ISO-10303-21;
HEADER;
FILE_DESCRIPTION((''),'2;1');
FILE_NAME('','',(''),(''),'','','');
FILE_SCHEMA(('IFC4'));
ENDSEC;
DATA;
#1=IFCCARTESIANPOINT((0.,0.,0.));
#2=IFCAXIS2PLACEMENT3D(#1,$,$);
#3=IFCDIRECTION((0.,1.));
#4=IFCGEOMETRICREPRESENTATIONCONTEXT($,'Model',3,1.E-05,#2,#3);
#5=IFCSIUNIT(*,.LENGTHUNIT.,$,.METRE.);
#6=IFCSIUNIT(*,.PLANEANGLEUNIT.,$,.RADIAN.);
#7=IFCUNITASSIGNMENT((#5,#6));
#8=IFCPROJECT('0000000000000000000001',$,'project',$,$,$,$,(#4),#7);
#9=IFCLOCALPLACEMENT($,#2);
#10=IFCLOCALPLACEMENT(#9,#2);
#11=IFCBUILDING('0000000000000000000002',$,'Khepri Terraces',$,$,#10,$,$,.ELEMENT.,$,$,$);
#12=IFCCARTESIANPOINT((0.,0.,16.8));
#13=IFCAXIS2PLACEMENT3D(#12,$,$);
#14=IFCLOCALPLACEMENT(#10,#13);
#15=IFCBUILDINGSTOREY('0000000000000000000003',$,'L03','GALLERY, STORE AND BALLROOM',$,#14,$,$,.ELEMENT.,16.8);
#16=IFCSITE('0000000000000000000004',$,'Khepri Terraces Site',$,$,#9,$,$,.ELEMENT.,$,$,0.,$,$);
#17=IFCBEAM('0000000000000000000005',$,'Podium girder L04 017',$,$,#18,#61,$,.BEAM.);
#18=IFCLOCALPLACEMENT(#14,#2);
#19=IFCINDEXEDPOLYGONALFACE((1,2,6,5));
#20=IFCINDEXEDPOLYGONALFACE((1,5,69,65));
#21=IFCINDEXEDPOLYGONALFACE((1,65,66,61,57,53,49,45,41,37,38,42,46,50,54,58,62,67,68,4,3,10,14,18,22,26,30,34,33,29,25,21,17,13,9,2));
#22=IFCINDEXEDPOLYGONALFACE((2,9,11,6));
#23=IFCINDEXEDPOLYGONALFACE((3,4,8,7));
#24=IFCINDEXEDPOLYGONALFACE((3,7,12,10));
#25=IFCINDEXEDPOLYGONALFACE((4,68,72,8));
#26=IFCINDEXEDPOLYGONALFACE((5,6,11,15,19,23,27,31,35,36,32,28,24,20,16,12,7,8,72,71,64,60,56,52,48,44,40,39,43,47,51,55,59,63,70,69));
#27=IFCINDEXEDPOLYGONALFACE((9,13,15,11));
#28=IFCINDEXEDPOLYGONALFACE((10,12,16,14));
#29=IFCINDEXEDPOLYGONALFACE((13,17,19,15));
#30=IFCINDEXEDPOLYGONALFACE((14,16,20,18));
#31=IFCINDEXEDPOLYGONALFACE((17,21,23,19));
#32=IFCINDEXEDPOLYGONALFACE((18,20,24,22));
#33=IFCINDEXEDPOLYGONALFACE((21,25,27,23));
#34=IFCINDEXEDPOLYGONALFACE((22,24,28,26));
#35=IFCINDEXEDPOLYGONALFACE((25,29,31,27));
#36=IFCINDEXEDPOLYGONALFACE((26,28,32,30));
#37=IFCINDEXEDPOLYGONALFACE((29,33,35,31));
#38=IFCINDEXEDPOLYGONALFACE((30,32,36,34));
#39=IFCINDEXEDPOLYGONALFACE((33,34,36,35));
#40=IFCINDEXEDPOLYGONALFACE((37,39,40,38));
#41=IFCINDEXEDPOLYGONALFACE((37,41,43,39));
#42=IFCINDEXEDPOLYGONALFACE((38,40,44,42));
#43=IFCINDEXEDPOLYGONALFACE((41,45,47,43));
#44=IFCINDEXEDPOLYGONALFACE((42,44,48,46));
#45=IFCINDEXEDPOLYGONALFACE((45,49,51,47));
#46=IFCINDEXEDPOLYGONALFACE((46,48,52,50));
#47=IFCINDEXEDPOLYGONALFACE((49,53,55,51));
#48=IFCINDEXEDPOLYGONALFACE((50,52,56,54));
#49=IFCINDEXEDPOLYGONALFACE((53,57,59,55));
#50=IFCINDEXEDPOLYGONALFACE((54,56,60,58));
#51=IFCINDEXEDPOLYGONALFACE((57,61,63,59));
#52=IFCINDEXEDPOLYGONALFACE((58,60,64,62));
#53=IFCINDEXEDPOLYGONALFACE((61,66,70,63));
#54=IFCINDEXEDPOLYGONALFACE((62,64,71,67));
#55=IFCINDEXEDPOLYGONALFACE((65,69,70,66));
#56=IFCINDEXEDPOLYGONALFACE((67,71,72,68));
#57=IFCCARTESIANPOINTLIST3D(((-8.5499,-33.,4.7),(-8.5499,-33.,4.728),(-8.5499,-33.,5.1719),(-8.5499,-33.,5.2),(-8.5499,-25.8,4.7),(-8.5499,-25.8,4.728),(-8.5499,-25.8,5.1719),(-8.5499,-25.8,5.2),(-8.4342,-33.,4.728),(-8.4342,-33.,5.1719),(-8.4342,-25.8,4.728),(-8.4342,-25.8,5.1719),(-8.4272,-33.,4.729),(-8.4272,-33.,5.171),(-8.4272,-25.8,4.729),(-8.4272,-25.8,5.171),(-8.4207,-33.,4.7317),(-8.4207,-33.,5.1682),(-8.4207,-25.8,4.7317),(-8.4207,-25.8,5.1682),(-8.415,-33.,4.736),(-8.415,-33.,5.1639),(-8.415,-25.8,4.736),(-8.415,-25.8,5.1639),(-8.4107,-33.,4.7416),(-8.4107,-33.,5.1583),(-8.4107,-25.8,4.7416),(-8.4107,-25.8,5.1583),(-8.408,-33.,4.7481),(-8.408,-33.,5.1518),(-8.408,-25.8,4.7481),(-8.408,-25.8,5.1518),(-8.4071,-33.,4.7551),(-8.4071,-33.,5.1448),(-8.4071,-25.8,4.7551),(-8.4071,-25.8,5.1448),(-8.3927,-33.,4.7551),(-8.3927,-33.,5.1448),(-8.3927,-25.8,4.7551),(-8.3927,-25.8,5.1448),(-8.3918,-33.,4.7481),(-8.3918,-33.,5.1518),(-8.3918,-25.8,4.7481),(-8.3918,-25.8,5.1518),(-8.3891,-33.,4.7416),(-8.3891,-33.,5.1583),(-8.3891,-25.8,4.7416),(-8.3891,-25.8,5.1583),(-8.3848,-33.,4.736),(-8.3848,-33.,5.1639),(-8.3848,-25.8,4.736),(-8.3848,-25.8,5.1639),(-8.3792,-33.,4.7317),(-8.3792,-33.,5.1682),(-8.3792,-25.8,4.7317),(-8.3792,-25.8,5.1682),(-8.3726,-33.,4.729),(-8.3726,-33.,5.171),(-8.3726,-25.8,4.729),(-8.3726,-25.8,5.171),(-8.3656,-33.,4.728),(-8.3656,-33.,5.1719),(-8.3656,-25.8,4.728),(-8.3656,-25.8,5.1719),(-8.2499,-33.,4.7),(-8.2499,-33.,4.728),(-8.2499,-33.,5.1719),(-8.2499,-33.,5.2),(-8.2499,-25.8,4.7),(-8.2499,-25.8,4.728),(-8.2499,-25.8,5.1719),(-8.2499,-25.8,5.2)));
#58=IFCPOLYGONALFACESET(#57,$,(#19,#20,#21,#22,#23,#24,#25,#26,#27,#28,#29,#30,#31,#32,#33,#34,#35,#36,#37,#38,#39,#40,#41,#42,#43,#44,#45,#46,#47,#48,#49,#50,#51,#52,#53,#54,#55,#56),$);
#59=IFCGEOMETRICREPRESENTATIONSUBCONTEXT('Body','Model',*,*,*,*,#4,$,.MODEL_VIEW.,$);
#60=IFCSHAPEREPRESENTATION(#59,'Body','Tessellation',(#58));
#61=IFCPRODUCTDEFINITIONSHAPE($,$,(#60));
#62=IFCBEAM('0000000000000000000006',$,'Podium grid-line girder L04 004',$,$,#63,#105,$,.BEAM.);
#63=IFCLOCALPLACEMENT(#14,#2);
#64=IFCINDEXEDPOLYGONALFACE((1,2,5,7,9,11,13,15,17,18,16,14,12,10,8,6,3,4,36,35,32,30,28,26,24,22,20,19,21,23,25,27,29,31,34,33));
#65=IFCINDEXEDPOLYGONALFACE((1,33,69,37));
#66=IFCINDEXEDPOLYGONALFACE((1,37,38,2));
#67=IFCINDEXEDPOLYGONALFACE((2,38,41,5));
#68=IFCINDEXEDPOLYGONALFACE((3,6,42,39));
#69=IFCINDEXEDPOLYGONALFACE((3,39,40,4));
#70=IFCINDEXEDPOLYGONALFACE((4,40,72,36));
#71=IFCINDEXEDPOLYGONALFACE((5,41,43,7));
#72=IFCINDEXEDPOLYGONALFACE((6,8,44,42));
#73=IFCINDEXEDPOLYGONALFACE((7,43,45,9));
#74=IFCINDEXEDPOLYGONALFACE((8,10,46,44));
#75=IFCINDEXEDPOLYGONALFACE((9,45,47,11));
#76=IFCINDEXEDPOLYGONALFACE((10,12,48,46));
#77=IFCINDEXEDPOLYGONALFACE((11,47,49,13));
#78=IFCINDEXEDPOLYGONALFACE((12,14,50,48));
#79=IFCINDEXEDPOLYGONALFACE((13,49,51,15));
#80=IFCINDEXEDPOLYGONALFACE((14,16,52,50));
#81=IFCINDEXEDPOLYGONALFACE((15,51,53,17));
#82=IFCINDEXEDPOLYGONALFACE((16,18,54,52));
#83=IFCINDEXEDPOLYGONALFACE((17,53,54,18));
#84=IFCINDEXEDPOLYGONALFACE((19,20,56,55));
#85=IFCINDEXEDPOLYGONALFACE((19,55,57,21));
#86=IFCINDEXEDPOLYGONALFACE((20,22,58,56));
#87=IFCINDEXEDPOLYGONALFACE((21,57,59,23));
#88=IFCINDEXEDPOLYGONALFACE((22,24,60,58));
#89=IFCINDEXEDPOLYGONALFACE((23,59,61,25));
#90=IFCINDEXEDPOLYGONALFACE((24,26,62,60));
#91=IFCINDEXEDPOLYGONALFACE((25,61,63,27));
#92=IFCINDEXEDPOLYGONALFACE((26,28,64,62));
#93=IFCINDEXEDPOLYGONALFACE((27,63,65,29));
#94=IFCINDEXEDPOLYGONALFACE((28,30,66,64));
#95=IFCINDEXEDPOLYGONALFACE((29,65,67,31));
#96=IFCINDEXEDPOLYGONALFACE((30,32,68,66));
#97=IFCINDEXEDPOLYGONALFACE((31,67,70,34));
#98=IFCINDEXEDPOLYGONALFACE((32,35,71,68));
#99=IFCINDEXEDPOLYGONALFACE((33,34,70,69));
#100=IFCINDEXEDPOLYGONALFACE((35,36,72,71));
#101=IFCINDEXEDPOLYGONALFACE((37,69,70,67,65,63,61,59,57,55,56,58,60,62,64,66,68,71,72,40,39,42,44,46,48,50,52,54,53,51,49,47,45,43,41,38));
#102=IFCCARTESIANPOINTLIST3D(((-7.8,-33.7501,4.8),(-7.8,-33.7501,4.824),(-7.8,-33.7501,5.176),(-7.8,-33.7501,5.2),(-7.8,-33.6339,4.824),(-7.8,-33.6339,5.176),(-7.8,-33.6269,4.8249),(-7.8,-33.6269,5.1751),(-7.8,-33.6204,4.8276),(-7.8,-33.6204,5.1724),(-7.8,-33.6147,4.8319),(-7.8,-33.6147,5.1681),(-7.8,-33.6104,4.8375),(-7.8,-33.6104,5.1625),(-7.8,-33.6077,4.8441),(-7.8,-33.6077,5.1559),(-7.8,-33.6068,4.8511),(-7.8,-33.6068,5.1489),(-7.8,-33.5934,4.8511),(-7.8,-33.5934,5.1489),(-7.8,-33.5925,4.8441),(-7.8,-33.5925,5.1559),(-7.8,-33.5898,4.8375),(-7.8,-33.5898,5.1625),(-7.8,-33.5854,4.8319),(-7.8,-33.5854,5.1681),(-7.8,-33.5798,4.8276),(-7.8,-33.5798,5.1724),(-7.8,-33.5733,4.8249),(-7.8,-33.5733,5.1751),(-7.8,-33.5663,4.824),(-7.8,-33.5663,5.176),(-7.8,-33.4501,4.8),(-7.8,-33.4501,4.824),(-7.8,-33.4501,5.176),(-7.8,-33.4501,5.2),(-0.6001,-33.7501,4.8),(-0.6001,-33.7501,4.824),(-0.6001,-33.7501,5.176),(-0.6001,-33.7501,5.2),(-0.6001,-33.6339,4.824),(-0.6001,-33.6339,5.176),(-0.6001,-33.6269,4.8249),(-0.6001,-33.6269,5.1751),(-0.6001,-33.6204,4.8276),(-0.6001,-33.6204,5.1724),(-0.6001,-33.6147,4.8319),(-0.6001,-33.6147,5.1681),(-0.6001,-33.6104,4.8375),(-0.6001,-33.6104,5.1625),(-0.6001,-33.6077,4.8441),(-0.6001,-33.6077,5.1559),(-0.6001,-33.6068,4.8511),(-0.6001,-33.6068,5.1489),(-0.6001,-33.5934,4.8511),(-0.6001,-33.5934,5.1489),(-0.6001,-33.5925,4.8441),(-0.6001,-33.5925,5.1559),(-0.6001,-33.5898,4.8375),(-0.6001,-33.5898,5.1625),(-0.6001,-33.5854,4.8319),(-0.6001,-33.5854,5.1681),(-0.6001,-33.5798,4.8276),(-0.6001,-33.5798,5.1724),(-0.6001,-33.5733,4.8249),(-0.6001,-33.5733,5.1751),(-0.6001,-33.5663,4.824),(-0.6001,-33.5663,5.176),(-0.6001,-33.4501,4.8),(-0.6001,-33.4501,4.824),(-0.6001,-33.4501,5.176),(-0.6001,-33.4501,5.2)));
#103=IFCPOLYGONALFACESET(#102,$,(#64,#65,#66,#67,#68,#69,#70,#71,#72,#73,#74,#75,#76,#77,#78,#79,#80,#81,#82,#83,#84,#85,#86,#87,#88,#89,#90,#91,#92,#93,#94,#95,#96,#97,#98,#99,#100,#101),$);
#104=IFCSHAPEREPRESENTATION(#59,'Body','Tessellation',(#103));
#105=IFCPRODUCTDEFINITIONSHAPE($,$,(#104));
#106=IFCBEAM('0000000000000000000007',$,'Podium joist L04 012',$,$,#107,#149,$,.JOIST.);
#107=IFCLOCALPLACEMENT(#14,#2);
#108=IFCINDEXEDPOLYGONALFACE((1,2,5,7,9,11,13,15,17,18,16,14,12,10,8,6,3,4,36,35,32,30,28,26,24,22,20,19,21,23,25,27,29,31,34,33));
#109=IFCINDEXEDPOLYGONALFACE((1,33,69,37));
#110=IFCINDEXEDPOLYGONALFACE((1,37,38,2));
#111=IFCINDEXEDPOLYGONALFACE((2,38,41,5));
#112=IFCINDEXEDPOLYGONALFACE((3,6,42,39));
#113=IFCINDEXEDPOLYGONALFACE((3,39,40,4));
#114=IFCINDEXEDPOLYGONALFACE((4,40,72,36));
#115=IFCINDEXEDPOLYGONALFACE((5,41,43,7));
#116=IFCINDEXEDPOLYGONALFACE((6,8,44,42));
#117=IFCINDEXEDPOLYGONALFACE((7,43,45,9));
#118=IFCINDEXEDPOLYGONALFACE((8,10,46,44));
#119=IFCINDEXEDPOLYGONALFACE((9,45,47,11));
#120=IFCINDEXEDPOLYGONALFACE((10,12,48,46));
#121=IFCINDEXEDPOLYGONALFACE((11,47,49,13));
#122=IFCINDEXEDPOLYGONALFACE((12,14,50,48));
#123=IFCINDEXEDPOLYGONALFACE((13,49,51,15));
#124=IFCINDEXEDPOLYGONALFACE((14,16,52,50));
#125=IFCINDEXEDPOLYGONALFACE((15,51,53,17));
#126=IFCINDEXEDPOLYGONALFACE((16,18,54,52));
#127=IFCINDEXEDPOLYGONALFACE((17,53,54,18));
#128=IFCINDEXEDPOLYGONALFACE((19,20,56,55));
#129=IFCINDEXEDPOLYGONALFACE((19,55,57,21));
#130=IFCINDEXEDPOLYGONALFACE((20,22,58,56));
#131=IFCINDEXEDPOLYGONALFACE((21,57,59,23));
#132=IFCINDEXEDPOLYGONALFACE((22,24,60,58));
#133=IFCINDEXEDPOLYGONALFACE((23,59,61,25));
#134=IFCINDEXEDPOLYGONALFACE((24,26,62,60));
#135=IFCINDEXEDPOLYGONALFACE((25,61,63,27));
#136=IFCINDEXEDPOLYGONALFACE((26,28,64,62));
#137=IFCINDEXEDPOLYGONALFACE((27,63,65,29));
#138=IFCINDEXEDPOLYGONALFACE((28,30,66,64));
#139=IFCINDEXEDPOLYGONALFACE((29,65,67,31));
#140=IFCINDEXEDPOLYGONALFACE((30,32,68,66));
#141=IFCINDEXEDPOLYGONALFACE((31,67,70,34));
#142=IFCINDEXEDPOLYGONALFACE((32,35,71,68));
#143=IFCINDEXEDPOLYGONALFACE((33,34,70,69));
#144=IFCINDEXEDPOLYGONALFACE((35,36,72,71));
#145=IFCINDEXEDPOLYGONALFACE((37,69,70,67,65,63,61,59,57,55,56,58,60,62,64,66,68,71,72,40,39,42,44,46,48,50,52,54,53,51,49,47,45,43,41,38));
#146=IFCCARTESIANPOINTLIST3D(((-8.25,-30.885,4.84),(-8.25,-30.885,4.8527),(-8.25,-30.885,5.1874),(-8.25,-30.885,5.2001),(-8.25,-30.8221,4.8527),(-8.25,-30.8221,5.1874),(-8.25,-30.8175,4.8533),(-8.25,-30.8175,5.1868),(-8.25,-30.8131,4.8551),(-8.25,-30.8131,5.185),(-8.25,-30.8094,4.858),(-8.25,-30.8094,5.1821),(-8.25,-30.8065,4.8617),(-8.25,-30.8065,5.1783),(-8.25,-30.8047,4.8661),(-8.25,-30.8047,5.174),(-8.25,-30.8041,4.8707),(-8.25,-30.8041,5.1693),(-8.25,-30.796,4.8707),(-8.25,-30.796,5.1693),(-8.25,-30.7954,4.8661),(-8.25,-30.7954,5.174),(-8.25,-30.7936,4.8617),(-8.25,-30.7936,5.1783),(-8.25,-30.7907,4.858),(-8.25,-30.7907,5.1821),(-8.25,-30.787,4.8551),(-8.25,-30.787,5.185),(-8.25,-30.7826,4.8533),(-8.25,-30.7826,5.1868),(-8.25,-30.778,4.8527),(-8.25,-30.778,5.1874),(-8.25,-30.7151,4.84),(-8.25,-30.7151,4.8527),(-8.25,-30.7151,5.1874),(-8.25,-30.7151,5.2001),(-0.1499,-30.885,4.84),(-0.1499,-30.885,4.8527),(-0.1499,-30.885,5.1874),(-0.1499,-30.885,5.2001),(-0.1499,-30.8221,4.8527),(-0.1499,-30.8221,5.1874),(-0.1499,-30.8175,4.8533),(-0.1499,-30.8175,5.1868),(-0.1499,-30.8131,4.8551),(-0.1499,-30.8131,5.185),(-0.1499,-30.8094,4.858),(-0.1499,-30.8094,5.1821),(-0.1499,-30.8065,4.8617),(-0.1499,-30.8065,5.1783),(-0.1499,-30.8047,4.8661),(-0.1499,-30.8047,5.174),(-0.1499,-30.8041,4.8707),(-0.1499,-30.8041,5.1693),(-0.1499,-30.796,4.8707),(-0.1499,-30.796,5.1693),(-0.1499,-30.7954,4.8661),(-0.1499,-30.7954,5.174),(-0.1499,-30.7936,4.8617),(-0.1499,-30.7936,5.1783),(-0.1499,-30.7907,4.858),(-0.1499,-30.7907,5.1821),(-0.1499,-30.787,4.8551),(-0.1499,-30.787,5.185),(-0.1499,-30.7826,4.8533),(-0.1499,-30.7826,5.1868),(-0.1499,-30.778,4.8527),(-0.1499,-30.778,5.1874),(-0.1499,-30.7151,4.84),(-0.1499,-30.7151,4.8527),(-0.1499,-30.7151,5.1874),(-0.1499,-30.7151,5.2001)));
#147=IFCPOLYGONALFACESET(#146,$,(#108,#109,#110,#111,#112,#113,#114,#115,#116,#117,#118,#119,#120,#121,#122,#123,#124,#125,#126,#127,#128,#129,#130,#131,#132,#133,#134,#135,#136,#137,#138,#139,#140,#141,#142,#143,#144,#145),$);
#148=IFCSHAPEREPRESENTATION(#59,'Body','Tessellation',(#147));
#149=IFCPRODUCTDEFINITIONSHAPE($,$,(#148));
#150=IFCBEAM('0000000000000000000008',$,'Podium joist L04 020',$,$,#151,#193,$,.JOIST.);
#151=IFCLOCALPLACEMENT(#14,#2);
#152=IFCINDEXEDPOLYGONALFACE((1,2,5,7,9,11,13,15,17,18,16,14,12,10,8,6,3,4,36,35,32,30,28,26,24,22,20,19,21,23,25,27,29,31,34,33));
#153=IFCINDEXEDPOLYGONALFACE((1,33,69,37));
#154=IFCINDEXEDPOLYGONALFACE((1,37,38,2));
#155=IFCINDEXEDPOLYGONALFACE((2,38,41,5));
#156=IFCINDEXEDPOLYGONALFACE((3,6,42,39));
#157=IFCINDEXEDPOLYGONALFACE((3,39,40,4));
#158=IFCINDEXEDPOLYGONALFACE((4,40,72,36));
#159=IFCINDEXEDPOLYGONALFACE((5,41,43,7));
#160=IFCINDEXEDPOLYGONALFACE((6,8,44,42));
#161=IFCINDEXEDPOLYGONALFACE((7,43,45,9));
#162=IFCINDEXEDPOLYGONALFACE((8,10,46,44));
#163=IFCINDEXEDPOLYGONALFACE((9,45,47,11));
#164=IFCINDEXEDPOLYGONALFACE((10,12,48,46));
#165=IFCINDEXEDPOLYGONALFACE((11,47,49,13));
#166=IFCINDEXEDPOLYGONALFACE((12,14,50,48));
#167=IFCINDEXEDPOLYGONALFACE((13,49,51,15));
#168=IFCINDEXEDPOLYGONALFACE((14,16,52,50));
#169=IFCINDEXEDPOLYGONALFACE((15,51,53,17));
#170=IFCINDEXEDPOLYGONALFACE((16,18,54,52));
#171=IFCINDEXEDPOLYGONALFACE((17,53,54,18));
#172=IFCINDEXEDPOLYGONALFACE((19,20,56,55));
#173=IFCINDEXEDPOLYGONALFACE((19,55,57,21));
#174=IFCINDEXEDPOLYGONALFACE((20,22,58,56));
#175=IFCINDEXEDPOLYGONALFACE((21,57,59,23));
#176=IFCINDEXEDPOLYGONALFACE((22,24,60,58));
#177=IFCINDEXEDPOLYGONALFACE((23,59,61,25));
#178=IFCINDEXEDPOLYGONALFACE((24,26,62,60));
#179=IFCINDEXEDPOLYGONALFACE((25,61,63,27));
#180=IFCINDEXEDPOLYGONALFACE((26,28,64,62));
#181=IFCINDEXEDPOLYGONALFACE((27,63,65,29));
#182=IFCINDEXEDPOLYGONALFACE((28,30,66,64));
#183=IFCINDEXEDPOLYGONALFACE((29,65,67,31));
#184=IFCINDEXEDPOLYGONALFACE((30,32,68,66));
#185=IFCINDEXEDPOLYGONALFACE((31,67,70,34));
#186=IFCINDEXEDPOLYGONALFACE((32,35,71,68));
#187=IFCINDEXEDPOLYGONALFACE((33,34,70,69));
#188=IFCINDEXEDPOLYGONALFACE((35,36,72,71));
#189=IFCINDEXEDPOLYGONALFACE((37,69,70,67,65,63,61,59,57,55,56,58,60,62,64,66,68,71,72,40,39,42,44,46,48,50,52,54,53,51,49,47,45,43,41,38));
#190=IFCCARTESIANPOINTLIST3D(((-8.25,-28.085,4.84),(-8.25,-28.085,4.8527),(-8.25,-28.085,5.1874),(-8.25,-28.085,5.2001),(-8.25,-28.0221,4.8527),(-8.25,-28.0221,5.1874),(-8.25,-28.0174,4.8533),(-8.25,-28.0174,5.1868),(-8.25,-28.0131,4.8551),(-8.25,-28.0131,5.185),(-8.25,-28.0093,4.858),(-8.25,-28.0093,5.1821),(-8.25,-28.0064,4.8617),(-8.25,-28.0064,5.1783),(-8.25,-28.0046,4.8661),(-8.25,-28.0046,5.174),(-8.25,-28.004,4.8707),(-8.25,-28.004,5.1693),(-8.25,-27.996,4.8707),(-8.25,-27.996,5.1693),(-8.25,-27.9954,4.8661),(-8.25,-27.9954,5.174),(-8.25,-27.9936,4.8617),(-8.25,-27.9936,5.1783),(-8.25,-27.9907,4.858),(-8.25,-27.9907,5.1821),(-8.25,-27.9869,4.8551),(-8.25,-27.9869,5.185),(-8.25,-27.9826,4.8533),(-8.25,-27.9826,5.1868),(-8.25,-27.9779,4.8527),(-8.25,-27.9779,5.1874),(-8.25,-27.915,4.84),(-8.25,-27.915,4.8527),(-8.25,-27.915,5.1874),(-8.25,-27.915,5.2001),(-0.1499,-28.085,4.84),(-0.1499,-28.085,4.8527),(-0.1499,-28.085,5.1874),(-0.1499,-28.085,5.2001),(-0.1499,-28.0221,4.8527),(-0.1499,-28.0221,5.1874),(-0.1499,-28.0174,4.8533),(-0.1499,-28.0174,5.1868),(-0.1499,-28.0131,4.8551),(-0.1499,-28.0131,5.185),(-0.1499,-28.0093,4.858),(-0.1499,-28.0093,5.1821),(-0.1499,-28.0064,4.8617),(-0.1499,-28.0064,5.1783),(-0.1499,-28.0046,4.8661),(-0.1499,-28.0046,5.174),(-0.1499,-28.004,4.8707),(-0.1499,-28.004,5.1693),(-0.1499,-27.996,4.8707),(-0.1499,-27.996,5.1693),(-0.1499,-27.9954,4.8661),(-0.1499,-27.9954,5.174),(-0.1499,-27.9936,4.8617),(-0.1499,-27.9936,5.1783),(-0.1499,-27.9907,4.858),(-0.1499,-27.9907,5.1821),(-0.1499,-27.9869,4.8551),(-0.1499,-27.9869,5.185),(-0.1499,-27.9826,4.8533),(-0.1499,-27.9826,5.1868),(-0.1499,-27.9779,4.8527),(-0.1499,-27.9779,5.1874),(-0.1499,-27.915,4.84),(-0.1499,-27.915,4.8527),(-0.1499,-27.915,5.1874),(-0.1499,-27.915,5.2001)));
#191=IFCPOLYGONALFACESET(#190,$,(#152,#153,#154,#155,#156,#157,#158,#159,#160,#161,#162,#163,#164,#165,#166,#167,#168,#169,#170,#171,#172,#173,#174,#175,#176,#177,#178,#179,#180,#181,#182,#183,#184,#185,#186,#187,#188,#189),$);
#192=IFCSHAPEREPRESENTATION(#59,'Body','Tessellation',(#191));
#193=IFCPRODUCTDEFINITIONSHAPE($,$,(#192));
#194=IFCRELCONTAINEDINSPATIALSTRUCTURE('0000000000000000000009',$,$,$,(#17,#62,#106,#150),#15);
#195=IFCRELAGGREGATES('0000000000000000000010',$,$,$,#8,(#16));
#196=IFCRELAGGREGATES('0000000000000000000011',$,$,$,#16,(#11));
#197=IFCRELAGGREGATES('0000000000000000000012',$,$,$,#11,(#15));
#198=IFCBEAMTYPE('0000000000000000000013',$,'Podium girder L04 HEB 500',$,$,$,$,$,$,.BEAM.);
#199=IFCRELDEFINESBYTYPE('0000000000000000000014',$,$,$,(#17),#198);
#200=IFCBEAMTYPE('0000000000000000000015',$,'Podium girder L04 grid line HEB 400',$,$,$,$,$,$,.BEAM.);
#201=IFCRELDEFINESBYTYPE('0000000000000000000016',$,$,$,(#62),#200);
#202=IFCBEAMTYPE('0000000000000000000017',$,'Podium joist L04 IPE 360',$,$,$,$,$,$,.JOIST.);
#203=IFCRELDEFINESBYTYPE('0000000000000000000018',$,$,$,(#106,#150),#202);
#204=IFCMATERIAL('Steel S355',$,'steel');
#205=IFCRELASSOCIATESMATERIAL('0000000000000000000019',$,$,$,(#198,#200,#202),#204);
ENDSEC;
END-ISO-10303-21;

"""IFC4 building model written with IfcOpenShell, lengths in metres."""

from ifc_helpers import new_model, si_unit, direction, frame, origin, origin_2d, place, context, subcontext, project, spatial, i_section, extrude, material, material_profile, profile_set, type_object, element, save


model = new_model("IFC4")

# Units and contexts
model_context = context("Model", 3, precision=1e-05, world=origin(), true_north=direction((0.0, 1.0)))
body_context = subcontext(model_context, "Body", "Model", "MODEL_VIEW")
ifc_project = project(units=[si_unit("LENGTHUNIT", "METRE"), si_unit("PLANEANGLEUNIT", "RADIAN")], contexts=[model_context])

# Site, building, storey
site_placement = place(None, origin())
site = spatial("IfcSite", under=ifc_project, at=site_placement, Name="Khepri Terraces Site", CompositionType="ELEMENT", RefElevation=0.0)
building_placement = place(site_placement, origin())
building = spatial("IfcBuilding", under=site, at=building_placement, Name="Khepri Terraces", CompositionType="ELEMENT")
storey_placement = place(building_placement, frame((0.0, 0.0, 16.8)))
storey = spatial("IfcBuildingStorey", under=building, at=storey_placement, Name="L03", Description="GALLERY, STORE AND BALLROOM", CompositionType="ELEMENT", Elevation=16.8)

# Beams
ifc_material_1 = material(Name="Steel S355", Category="steel")
ifc_material_profile_1 = material_profile(ifc_material_1, i_section(OverallWidth=0.3, OverallDepth=0.5, WebThickness=0.0144, FlangeThickness=0.0281, FilletRadius=0.0271, at=origin_2d()), Name="Steel S355", Category="steel")
ifc_profile_set_1 = profile_set([ifc_material_profile_1], Name="Steel S355")
beam_type_1 = type_object("IfcBeamType", Name="Podium girder L04 HEB 500", PredefinedType="BEAM", material=ifc_profile_set_1)
beam_1_placement = place(storey_placement, frame((-8.3999, -33.0, 4.95), z_axis=(0.0, 1.0, 0.0), x_axis=(-1.0, 0.0, 0.0)))
element("IfcBeam", 1, at=beam_1_placement, inside=storey, type_object=beam_type_1, Name="Podium girder L04 017", PredefinedType="BEAM", context=body_context, shape_type="SweptSolid", body=[
    extrude(i_section(OverallWidth=0.3, OverallDepth=0.5, WebThickness=0.0144, FlangeThickness=0.0281, FilletRadius=0.0271, at=origin_2d()), origin(), (0.0, 0.0, 1.0), 7.2),
])
ifc_material_profile_2 = material_profile(ifc_material_1, i_section(OverallWidth=0.3, OverallDepth=0.3999, WebThickness=0.0134, FlangeThickness=0.0239, FilletRadius=0.0271, at=origin_2d()), Name="Steel S355", Category="steel")
ifc_profile_set_2 = profile_set([ifc_material_profile_2], Name="Steel S355")
beam_type_2 = type_object("IfcBeamType", Name="Podium girder L04 grid line HEB 400", PredefinedType="BEAM", material=ifc_profile_set_2)
beam_2_placement = place(storey_placement, frame((-7.8, -33.6001, 5.0), z_axis=(1.0, 0.0, 0.0), x_axis=(0.0, 1.0, 0.0)))
element("IfcBeam", 2, at=beam_2_placement, inside=storey, type_object=beam_type_2, Name="Podium grid-line girder L04 004", PredefinedType="BEAM", context=body_context, shape_type="SweptSolid", body=[
    extrude(i_section(OverallWidth=0.3, OverallDepth=0.3999, WebThickness=0.0134, FlangeThickness=0.0239, FilletRadius=0.0271, at=origin_2d()), origin(), (0.0, 0.0, 1.0), 7.2),
])
ifc_material_profile_3 = material_profile(ifc_material_1, i_section(OverallWidth=0.1699, OverallDepth=0.3601, WebThickness=0.0081, FlangeThickness=0.0127, FilletRadius=0.0181, at=origin_2d()), Name="Steel S355", Category="steel")
ifc_profile_set_3 = profile_set([ifc_material_profile_3], Name="Steel S355")
beam_type_3 = type_object("IfcBeamType", Name="Podium joist L04 IPE 360", PredefinedType="JOIST", material=ifc_profile_set_3)
for number, where, z_axis, x_axis, name in (
    (3, (-8.25, -30.8, 5.02), (1.0, 0.0, 0.0), (0.0, 1.0, 0.0), "Podium joist L04 012"),
    (4, (-8.25, -28.0, 5.02), (1.0, 0.0, 0.0), (0.0, 1.0, 0.0), "Podium joist L04 020"),
):
    element("IfcBeam", number, at=place(storey_placement, frame(where, z_axis=z_axis, x_axis=x_axis)), inside=storey, type_object=beam_type_3, Name=name, PredefinedType="JOIST", context=body_context, shape_type="SweptSolid", body=[
        extrude(i_section(OverallWidth=0.1699, OverallDepth=0.3601, WebThickness=0.0081, FlangeThickness=0.0127, FilletRadius=0.0181, at=origin_2d()), origin(), (0.0, 0.0, 1.0), 8.1001),
    ])

save(model, "model.ifc")
